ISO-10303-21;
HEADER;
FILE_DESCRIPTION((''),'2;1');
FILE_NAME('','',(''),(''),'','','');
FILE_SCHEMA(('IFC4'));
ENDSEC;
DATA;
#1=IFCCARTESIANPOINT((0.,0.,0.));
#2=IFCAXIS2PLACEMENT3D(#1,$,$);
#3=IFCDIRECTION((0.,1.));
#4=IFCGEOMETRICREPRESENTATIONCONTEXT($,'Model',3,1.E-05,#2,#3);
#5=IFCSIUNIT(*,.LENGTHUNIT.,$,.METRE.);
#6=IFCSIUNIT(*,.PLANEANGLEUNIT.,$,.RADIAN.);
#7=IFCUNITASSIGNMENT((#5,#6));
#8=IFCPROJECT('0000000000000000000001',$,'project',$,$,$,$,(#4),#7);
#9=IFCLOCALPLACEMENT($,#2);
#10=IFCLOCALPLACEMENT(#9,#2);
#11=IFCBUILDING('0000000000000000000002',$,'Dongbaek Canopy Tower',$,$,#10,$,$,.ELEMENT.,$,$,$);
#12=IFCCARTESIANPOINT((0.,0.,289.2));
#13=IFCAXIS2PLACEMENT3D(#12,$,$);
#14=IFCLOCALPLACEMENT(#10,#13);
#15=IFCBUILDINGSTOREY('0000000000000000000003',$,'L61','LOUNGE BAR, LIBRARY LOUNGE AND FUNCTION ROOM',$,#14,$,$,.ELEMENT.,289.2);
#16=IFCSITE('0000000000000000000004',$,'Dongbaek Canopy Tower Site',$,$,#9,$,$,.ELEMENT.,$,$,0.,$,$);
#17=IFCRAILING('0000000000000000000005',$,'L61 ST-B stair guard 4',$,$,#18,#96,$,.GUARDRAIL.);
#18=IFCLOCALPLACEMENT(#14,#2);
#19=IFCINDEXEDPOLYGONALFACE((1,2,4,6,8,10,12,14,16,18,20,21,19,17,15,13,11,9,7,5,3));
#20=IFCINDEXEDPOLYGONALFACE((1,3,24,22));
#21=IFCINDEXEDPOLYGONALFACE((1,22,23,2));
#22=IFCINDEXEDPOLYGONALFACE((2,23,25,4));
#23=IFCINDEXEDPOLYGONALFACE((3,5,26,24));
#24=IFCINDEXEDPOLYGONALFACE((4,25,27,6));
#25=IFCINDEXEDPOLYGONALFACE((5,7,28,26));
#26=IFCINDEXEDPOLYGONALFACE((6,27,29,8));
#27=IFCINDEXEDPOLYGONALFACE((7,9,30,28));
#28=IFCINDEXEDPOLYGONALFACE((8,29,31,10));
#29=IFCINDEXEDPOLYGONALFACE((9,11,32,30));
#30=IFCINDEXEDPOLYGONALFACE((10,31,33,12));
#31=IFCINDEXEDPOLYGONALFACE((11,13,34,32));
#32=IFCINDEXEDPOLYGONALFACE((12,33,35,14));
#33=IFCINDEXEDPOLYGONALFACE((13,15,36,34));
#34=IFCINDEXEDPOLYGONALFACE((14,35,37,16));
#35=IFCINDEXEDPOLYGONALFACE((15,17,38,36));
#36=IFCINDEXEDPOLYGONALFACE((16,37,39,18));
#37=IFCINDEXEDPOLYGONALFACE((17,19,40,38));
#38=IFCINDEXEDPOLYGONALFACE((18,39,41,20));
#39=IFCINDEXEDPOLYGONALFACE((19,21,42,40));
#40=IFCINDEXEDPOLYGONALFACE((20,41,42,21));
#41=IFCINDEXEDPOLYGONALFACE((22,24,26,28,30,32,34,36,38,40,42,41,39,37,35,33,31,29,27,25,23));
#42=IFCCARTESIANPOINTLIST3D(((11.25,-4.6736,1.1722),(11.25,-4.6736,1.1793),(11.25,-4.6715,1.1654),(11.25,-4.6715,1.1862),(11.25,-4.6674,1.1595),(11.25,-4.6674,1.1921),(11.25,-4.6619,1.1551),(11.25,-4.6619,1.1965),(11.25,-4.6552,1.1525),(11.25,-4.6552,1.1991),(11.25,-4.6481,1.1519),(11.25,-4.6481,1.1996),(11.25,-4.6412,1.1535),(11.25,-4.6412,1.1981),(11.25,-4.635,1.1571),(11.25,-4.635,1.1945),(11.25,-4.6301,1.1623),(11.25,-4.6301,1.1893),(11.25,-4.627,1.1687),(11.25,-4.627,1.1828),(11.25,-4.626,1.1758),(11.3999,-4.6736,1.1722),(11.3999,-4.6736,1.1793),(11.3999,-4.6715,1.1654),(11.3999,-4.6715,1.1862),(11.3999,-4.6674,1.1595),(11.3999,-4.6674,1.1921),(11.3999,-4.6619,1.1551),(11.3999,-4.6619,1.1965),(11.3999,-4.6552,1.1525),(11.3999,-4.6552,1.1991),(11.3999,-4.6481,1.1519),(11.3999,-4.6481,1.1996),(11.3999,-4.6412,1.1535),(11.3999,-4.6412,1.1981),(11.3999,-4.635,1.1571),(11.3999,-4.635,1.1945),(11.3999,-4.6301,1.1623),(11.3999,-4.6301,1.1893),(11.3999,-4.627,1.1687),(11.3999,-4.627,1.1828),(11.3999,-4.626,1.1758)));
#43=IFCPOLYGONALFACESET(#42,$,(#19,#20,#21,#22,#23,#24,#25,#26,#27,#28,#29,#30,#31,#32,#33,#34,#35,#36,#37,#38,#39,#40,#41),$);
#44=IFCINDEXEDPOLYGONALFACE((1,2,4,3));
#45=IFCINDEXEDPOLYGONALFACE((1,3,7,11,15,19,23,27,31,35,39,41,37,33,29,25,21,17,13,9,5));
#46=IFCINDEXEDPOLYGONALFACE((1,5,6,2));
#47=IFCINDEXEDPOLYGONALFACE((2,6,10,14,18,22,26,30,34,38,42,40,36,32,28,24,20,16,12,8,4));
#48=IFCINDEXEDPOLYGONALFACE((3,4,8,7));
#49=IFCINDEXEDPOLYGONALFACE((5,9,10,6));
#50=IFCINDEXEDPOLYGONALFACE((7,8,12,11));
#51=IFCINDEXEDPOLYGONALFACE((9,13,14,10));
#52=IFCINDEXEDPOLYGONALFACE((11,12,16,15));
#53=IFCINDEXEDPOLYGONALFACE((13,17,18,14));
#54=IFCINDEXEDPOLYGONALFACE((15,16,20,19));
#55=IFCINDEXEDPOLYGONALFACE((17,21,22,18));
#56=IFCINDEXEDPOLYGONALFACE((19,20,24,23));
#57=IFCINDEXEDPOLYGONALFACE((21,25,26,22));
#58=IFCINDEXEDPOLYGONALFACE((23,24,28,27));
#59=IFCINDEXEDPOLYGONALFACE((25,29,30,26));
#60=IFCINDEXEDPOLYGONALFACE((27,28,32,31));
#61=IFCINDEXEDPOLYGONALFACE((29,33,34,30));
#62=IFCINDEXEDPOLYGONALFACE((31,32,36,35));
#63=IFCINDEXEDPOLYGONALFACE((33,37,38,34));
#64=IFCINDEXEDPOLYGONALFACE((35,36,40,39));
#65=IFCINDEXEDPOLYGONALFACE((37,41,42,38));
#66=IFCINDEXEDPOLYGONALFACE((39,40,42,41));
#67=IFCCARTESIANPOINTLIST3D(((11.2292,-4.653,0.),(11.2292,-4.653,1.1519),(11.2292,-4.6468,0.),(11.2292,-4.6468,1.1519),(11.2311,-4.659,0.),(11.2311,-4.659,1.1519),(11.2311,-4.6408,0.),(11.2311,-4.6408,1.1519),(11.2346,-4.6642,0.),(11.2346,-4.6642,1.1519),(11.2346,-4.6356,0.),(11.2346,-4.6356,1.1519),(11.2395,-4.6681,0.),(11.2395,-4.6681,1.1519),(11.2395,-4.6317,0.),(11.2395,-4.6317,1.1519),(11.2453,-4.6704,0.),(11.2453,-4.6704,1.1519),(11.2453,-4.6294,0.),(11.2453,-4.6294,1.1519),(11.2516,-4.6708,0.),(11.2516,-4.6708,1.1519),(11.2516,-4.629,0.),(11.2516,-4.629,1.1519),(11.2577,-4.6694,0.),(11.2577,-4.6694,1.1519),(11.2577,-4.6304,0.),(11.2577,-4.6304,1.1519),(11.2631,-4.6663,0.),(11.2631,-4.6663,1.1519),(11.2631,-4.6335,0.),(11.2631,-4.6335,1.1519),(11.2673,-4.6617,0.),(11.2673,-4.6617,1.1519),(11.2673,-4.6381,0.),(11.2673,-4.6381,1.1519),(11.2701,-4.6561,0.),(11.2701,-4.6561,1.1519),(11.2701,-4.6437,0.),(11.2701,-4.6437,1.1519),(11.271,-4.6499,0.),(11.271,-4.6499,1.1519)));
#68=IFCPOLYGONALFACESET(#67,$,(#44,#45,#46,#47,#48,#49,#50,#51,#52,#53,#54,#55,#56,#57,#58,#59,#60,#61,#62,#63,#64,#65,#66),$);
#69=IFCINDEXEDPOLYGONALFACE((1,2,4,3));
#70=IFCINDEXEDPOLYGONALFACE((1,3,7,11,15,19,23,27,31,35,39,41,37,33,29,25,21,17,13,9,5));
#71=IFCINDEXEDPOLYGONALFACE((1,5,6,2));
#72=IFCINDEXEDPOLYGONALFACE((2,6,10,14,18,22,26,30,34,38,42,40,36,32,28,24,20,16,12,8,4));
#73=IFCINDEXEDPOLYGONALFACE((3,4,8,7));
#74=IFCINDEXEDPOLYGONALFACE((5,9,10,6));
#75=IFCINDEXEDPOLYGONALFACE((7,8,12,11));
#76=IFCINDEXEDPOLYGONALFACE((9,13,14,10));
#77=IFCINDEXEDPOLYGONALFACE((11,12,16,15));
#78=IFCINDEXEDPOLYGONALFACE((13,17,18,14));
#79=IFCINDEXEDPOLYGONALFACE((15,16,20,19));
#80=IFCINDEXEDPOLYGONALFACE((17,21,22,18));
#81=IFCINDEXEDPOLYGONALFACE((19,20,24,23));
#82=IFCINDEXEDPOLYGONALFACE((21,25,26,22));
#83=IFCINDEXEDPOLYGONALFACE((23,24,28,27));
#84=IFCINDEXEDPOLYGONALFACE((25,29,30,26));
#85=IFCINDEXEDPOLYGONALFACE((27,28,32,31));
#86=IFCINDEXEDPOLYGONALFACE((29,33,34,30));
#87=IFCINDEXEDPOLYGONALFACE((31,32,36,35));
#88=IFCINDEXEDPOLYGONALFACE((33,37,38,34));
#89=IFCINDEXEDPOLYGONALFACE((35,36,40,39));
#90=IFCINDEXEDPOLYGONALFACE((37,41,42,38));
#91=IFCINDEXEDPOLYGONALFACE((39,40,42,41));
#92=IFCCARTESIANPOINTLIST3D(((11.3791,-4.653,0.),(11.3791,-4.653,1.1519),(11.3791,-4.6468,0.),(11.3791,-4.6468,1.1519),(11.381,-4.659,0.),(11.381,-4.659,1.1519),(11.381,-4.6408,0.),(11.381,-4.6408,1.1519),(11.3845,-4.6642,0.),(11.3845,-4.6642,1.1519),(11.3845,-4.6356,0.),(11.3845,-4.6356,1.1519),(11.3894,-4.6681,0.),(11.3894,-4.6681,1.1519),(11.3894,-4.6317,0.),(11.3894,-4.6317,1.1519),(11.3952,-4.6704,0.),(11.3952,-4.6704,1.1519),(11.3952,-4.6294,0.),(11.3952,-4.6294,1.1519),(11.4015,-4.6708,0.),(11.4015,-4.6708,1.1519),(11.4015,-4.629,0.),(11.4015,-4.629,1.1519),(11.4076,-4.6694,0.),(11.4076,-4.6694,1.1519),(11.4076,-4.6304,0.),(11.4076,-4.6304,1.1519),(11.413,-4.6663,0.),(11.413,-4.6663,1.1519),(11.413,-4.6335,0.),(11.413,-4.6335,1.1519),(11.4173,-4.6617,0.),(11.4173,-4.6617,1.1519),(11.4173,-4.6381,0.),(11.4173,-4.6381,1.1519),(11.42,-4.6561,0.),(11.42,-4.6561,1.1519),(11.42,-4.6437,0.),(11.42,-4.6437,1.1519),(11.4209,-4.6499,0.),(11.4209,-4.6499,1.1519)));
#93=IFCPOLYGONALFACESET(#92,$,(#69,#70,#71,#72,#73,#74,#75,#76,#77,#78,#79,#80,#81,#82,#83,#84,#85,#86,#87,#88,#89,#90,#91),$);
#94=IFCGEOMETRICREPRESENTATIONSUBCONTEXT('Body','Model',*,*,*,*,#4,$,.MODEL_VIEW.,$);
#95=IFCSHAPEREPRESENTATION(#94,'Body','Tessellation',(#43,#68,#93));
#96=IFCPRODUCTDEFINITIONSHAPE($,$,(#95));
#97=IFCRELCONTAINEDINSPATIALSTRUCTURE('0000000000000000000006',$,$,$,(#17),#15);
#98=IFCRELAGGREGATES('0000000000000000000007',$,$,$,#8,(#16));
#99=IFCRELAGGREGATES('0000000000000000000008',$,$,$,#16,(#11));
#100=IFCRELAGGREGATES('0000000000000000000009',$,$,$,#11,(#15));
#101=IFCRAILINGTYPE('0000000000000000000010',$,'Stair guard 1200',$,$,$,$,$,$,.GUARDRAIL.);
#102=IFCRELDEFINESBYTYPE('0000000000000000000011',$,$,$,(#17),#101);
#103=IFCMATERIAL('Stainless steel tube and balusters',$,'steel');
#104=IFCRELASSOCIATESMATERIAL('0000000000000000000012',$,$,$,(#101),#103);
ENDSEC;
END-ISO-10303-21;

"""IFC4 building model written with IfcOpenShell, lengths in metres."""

from ifc_helpers import new_model, si_unit, direction, frame, origin, origin_2d, place, context, subcontext, project, spatial, circle, extrude, material, type_object, element, save


model = new_model("IFC4")

# Units and contexts
model_context = context("Model", 3, precision=1e-05, world=origin(), true_north=direction((0.0, 1.0)))
body_context = subcontext(model_context, "Body", "Model", "MODEL_VIEW")
ifc_project = project(units=[si_unit("LENGTHUNIT", "METRE"), si_unit("PLANEANGLEUNIT", "RADIAN")], contexts=[model_context])

# Site, building, storey
site_placement = place(None, origin())
site = spatial("IfcSite", under=ifc_project, at=site_placement, Name="Dongbaek Canopy Tower Site", CompositionType="ELEMENT", RefElevation=0.0)
building_placement = place(site_placement, origin())
building = spatial("IfcBuilding", under=site, at=building_placement, Name="Dongbaek Canopy Tower", CompositionType="ELEMENT")
storey_placement = place(building_placement, frame((0.0, 0.0, 289.2)))
storey = spatial("IfcBuildingStorey", under=building, at=storey_placement, Name="L61", Description="LOUNGE BAR, LIBRARY LOUNGE AND FUNCTION ROOM", CompositionType="ELEMENT", Elevation=289.2)

# Railing
ifc_material_1 = material(Name="Stainless steel tube and balusters", Category="steel")
railing_type_1 = type_object("IfcRailingType", Name="Stair guard 1200", PredefinedType="GUARDRAIL", material=ifc_material_1)
railing_1_placement = place(storey_placement, frame((11.25, -4.6499, 0.0)))
element("IfcRailing", 1, at=railing_1_placement, inside=storey, type_object=railing_type_1, Name="L61 ST-B stair guard 4", PredefinedType="GUARDRAIL", context=body_context, shape_type="SweptSolid", body=[
    extrude(circle(Radius=0.0239, at=origin_2d()), frame((0.0, 0.0, 1.1758), z_axis=(1.0, 0.0, 0.0), x_axis=(0.0, 1.0, 0.0)), (0.0, 0.0, 1.0), 0.1499),
    extrude(circle(Radius=0.021, at=origin_2d()), origin(), (0.0, 0.0, 1.0), 1.1519),
    extrude(circle(Radius=0.021, at=origin_2d()), frame((0.1499, 0.0, 0.0)), (0.0, 0.0, 1.0), 1.1519),
])

save(model, "model.ifc")
